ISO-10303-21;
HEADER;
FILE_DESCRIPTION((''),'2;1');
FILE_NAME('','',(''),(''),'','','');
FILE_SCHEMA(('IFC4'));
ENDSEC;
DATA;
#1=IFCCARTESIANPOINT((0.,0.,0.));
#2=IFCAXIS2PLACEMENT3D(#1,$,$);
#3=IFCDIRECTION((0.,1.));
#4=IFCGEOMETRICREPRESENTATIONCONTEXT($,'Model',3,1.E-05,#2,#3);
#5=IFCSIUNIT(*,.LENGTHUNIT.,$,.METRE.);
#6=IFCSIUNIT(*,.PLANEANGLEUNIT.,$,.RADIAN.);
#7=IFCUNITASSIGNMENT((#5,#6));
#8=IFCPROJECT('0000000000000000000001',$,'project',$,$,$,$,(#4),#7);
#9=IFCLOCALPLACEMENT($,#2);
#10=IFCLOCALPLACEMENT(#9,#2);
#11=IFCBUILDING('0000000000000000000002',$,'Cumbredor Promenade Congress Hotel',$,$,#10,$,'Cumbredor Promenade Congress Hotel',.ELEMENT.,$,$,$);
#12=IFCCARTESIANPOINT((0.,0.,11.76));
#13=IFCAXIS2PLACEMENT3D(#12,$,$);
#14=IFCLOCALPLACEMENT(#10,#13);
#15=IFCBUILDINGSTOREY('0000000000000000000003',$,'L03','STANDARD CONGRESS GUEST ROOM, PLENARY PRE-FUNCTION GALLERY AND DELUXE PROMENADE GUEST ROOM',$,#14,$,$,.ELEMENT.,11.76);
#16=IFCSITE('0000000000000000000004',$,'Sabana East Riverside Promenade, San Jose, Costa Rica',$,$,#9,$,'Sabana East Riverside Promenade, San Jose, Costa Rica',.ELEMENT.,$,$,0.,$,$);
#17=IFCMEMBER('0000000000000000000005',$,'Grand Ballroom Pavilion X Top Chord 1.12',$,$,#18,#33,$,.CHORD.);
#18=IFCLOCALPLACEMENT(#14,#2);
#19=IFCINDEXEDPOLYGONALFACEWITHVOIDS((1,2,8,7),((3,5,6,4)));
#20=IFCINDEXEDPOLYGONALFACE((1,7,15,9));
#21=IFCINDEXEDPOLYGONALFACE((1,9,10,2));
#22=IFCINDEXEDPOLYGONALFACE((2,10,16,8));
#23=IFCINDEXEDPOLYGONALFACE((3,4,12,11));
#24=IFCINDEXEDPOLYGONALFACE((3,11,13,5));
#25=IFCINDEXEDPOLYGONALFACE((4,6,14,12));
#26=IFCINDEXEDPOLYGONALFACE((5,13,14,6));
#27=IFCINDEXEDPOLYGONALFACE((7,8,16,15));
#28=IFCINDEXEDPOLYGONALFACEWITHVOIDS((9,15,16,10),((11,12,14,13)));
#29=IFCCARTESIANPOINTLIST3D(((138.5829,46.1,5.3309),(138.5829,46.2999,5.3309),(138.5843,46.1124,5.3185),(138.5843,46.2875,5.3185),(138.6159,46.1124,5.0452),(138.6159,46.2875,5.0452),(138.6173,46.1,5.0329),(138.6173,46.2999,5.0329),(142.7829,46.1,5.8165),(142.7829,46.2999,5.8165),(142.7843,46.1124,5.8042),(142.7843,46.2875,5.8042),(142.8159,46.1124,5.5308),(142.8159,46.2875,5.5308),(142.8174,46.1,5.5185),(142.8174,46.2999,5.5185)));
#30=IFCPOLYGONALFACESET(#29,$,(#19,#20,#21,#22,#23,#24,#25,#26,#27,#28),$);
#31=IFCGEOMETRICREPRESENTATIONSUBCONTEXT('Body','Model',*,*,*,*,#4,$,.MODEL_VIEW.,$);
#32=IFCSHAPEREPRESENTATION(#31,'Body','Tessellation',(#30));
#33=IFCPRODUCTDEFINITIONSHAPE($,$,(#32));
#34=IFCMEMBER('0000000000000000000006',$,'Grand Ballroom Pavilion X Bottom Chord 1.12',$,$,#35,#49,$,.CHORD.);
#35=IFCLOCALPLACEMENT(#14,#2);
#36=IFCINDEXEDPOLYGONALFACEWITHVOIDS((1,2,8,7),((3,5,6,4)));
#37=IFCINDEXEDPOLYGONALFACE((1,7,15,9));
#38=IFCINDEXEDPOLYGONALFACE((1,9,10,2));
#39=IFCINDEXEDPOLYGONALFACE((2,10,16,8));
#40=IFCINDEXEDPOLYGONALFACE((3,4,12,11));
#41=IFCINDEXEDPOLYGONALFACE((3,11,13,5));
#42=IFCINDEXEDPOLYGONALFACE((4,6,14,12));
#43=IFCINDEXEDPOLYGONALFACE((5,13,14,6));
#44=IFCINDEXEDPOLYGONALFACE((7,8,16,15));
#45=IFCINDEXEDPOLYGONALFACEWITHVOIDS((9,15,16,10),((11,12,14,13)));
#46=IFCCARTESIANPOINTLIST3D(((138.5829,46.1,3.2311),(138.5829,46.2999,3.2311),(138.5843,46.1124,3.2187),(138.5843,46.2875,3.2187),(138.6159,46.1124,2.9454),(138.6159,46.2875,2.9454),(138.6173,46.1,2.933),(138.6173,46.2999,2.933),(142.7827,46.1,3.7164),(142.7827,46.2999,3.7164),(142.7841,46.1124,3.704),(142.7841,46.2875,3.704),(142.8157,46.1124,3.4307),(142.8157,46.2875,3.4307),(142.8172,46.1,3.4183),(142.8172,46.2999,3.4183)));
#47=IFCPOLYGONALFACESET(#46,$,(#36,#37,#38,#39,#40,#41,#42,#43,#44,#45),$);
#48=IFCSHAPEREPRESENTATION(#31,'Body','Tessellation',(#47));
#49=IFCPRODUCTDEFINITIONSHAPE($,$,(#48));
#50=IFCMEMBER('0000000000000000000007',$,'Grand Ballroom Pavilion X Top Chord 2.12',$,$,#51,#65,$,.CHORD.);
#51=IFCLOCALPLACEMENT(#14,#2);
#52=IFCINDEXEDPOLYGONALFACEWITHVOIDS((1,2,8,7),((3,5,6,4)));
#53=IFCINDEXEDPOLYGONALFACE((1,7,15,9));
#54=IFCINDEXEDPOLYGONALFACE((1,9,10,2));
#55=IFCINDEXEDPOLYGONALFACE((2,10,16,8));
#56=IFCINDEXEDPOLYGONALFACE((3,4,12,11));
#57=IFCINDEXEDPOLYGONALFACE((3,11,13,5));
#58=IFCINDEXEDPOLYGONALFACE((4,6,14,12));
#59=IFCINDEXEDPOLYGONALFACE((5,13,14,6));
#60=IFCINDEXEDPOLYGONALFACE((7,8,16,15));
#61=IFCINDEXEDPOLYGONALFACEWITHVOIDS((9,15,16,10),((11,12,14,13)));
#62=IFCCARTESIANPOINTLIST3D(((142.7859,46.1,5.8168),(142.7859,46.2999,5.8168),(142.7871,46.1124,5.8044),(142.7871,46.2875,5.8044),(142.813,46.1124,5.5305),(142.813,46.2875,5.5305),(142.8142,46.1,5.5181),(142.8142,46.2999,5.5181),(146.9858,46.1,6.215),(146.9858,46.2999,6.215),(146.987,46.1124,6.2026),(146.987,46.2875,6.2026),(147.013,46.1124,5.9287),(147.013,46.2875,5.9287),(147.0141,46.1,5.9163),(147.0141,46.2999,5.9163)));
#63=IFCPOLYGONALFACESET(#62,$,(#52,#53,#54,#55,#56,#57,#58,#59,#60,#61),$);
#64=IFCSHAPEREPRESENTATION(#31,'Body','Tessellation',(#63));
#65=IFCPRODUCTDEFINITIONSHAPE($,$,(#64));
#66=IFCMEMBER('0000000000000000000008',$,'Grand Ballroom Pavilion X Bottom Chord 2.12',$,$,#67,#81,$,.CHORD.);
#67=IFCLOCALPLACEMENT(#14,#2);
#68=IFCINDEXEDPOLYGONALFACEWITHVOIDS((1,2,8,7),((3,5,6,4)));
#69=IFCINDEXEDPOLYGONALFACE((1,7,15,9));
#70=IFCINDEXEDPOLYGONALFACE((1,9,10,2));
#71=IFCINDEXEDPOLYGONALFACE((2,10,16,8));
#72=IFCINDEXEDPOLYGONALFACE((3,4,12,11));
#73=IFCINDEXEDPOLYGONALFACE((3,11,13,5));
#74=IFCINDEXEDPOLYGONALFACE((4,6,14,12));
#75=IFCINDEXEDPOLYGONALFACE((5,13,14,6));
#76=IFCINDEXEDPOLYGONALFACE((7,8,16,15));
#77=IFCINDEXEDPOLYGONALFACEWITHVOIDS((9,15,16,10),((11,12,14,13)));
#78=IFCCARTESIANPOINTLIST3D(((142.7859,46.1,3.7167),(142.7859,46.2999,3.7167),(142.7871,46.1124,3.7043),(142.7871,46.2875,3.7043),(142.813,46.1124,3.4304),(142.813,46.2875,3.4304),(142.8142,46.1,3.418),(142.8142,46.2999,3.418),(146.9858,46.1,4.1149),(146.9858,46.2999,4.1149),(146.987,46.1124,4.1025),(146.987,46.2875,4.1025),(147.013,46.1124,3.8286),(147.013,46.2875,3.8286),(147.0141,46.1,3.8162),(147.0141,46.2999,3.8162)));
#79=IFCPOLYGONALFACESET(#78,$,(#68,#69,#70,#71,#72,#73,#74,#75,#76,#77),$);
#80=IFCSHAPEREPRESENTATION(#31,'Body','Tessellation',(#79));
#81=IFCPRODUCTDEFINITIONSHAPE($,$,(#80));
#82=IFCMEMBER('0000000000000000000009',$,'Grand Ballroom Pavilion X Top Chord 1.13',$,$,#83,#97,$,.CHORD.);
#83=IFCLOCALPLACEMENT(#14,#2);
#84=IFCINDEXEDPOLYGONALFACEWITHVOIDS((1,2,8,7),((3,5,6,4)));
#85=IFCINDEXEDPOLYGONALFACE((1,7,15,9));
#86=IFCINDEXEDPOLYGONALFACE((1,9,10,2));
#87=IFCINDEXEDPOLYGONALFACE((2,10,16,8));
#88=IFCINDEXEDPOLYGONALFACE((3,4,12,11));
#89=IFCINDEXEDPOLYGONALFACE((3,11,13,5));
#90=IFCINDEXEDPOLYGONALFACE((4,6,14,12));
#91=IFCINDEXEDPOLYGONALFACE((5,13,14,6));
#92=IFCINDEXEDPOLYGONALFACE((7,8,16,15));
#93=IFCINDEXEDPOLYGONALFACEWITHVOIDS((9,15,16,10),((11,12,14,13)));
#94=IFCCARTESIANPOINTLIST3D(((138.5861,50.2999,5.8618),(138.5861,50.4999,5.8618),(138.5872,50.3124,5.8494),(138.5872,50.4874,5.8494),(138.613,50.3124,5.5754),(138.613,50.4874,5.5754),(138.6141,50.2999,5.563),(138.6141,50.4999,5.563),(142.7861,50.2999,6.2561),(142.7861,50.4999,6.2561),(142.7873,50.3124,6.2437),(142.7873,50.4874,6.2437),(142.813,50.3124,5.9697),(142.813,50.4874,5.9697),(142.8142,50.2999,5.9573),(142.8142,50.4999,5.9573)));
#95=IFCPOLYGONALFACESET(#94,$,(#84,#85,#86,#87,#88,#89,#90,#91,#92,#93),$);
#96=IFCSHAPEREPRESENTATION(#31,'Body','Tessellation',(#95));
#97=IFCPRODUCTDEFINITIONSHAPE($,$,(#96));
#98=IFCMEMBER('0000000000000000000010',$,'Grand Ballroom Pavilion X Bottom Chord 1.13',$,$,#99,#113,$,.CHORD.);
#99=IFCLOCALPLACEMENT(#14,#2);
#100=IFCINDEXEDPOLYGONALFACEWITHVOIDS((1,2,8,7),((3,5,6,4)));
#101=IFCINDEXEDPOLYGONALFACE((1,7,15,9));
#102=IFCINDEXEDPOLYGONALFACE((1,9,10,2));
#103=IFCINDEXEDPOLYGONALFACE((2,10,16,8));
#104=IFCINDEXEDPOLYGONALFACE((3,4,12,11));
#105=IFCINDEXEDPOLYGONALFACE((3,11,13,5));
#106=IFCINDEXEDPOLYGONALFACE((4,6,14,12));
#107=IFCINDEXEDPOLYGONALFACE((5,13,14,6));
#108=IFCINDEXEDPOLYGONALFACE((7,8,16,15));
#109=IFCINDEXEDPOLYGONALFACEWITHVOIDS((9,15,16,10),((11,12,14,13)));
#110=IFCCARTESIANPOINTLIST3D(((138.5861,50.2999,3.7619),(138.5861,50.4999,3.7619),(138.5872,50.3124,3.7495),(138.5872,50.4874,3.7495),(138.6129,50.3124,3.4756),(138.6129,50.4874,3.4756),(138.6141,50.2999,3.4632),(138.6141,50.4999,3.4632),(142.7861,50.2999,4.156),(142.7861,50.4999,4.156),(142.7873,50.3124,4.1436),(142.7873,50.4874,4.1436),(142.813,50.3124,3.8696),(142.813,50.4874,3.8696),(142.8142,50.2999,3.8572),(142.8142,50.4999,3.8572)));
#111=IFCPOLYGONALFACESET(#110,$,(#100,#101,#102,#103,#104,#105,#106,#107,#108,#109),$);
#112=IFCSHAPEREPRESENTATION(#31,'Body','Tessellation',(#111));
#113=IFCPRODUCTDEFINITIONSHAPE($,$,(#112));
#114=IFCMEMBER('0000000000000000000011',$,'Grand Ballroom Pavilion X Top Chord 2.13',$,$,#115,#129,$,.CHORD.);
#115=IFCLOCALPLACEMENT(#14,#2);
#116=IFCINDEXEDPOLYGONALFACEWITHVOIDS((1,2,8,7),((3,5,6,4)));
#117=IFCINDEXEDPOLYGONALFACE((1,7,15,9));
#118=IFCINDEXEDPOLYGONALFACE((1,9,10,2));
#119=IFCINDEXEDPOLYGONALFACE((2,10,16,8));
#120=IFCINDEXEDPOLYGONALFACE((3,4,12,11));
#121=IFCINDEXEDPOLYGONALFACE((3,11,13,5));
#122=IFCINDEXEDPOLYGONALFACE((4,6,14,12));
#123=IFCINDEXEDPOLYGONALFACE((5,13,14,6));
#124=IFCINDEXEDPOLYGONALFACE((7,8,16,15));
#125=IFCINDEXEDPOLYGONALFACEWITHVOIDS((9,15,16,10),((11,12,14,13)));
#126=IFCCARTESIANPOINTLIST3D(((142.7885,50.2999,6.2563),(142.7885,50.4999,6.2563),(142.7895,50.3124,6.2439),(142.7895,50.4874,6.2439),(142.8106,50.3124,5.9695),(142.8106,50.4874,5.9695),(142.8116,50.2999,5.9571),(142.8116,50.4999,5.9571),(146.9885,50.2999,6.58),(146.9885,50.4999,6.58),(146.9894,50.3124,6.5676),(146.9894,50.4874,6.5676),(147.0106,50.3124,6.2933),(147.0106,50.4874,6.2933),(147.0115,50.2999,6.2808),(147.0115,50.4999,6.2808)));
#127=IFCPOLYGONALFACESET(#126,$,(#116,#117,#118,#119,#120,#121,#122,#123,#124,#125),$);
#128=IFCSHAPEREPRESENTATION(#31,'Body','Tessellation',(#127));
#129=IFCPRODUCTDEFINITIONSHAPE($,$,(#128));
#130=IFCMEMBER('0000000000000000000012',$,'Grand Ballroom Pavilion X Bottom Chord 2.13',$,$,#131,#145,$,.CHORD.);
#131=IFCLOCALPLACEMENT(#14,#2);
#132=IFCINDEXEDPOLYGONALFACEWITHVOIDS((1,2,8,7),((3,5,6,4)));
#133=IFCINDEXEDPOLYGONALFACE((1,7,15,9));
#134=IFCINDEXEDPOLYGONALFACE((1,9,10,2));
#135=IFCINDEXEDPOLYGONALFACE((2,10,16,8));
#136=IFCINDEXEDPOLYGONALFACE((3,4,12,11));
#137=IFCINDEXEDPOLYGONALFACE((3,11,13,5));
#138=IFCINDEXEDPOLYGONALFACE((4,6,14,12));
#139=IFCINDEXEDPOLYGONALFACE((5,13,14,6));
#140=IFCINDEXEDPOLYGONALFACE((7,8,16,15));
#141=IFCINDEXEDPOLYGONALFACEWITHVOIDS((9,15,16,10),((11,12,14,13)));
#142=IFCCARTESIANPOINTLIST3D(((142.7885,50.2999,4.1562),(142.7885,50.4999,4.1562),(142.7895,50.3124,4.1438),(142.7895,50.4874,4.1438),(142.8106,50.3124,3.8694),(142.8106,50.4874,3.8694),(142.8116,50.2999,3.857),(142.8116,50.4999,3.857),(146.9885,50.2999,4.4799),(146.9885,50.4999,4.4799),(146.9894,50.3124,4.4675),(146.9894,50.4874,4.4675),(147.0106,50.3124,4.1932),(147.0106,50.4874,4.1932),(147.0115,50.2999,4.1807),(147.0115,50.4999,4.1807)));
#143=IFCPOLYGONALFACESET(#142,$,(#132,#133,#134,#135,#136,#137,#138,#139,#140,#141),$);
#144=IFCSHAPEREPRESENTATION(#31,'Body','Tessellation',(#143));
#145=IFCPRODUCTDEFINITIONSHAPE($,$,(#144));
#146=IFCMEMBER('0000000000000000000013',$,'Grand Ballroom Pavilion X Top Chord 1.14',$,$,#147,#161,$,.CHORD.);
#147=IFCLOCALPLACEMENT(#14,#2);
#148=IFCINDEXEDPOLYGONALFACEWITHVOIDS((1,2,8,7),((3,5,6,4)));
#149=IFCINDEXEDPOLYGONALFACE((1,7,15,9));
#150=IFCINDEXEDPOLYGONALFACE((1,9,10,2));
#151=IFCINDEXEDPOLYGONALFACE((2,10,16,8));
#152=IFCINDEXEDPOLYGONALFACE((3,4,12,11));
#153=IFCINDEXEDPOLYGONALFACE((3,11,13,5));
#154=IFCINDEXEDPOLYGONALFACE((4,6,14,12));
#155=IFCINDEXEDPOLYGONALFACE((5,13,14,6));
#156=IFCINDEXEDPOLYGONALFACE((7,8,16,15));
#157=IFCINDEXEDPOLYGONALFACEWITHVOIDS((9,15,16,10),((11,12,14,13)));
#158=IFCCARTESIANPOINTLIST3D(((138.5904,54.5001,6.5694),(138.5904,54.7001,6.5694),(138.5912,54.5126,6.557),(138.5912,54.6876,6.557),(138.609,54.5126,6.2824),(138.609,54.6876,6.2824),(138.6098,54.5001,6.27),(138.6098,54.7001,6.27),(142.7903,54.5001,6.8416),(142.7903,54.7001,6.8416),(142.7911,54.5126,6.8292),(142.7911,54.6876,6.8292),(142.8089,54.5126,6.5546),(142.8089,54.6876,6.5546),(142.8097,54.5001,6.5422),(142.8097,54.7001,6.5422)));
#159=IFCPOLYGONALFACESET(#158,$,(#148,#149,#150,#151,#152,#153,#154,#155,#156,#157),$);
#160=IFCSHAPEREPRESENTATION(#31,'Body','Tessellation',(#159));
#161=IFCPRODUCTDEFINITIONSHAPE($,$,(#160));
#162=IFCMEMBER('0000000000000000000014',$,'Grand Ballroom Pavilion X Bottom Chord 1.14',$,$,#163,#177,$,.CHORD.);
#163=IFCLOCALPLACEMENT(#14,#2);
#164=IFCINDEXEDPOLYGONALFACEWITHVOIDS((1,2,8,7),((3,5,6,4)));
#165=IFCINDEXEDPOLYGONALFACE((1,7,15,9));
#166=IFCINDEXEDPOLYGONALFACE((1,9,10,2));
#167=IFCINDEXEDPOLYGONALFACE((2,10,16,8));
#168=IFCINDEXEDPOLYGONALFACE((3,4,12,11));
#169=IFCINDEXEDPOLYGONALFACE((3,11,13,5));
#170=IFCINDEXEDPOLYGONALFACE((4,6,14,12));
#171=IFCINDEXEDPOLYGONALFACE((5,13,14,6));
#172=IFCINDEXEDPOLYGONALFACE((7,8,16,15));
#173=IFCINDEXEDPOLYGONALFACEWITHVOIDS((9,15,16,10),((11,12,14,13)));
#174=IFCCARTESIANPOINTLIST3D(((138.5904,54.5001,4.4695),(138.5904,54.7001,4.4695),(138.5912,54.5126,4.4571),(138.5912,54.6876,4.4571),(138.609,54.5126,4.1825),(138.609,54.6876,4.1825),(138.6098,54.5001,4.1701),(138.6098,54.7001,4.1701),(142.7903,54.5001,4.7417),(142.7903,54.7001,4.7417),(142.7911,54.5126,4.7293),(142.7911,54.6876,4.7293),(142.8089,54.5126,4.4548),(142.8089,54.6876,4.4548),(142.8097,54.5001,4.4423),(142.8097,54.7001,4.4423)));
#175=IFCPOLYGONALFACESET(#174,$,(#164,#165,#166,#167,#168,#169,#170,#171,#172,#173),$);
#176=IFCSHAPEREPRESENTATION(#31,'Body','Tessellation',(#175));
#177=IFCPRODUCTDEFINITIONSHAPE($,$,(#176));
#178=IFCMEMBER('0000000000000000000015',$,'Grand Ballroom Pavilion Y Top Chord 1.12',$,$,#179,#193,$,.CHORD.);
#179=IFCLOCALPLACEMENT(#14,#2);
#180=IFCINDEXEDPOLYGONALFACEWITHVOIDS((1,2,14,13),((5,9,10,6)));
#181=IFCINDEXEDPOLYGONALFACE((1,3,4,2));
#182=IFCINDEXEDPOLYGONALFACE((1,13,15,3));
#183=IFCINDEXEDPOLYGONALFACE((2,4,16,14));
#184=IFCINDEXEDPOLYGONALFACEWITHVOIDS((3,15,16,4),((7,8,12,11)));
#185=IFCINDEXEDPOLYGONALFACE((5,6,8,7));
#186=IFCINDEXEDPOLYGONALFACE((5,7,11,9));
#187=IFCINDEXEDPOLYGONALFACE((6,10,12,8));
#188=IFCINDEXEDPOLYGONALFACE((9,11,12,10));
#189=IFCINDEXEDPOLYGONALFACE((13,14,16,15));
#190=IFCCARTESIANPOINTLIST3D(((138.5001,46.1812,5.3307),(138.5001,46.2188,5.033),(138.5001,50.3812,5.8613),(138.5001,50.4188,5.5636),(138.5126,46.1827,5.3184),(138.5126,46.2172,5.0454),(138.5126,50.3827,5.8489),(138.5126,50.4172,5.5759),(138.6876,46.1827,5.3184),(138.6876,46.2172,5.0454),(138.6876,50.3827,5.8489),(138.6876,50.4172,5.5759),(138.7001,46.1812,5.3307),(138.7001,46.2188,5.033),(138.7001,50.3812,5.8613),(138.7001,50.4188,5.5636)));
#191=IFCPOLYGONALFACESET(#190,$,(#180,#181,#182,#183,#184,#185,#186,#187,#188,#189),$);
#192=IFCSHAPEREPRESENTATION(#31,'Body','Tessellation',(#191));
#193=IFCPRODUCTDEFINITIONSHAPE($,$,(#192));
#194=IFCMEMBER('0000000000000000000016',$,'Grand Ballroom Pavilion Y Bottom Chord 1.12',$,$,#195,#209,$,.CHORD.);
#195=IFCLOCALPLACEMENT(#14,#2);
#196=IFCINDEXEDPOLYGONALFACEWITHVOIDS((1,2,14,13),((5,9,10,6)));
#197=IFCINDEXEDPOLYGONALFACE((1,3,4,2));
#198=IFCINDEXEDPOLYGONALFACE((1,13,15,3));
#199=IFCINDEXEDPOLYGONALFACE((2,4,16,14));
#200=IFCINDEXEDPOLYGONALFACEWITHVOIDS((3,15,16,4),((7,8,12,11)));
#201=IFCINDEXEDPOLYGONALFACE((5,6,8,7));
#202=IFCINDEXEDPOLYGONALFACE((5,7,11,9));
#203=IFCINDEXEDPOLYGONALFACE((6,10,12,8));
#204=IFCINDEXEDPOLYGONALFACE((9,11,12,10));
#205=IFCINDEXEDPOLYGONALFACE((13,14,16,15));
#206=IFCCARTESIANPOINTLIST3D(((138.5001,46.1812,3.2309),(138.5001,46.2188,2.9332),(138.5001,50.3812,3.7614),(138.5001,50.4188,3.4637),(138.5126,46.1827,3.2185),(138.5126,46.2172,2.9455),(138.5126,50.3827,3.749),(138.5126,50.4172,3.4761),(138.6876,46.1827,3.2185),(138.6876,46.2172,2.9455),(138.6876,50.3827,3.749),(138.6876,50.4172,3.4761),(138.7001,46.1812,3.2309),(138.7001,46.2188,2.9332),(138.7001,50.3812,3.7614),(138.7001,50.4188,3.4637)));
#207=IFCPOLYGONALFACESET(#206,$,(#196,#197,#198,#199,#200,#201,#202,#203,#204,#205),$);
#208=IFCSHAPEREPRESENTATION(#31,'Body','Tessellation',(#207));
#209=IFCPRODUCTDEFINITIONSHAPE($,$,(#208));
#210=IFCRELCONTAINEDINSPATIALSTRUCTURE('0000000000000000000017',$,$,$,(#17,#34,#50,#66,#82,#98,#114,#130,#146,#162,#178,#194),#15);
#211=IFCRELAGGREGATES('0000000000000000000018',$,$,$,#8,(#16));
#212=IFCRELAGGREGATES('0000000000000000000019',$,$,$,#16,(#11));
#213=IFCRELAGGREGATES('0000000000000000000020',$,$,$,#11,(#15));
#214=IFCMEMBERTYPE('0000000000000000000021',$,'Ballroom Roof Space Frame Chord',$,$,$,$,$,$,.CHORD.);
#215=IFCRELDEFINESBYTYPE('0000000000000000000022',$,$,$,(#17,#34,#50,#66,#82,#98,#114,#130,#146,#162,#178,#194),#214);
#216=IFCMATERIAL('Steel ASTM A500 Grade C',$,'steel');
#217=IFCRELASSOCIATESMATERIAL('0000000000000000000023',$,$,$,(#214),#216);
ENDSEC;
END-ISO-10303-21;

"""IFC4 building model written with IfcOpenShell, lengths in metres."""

from ifc_helpers import new_model, si_unit, direction, frame, origin, origin_2d, place, context, subcontext, project, spatial, hollow_rectangle, extrude, material, material_profile, profile_set, type_object, element, save


model = new_model("IFC4")

# Units and contexts
model_context = context("Model", 3, precision=1e-05, world=origin(), true_north=direction((0.0, 1.0)))
body_context = subcontext(model_context, "Body", "Model", "MODEL_VIEW")
ifc_project = project(units=[si_unit("LENGTHUNIT", "METRE"), si_unit("PLANEANGLEUNIT", "RADIAN")], contexts=[model_context])

# Site, building, storey
site_placement = place(None, origin())
site = spatial("IfcSite", under=ifc_project, at=site_placement, Name="Sabana East Riverside Promenade, San Jose, Costa Rica", LongName="Sabana East Riverside Promenade, San Jose, Costa Rica", CompositionType="ELEMENT", RefElevation=0.0)
building_placement = place(site_placement, origin())
building = spatial("IfcBuilding", under=site, at=building_placement, Name="Cumbredor Promenade Congress Hotel", LongName="Cumbredor Promenade Congress Hotel", CompositionType="ELEMENT")
storey_placement = place(building_placement, frame((0.0, 0.0, 11.76)))
storey = spatial("IfcBuildingStorey", under=building, at=storey_placement, Name="L03", Description="STANDARD CONGRESS GUEST ROOM, PLENARY PRE-FUNCTION GALLERY AND DELUXE PROMENADE GUEST ROOM", CompositionType="ELEMENT", Elevation=11.76)

# Members
ifc_material_1 = material(Name="Steel ASTM A500 Grade C", Category="steel")
ifc_material_profile_1 = material_profile(ifc_material_1, hollow_rectangle(XDim=0.2, YDim=0.3, WallThickness=0.0125, at=origin_2d()), Name="HSS 300x200x12.5")
ifc_profile_set_1 = profile_set([ifc_material_profile_1], Name="Steel ASTM A500 Grade C")
member_type_1 = type_object("IfcMemberType", Name="Ballroom Roof Space Frame Chord", PredefinedType="CHORD", material=ifc_profile_set_1)
member_1_placement = place(storey_placement, frame((138.6001, 46.2, 5.1819), z_axis=(0.993382, 0.0, 0.114854), x_axis=(0.0, 1.0, 0.0)))
element("IfcMember", 1, at=member_1_placement, inside=storey, type_object=member_type_1, Name="Grand Ballroom Pavilion X Top Chord 1.12", PredefinedType="CHORD", context=body_context, shape_type="SweptSolid", body=[
    extrude(hollow_rectangle(XDim=0.2, YDim=0.3, WallThickness=0.0125, at=origin_2d()), origin(), (0.0, 0.0, 1.0), 4.228),
])
member_2_placement = place(storey_placement, frame((138.6001, 46.2, 3.082), z_axis=(0.993389, 0.0, 0.114797), x_axis=(0.0, 1.0, 0.0)))
element("IfcMember", 2, at=member_2_placement, inside=storey, type_object=member_type_1, Name="Grand Ballroom Pavilion X Bottom Chord 1.12", PredefinedType="CHORD", context=body_context, shape_type="SweptSolid", body=[
    extrude(hollow_rectangle(XDim=0.2, YDim=0.3, WallThickness=0.0125, at=origin_2d()), origin(), (0.0, 0.0, 1.0), 4.2278),
])
for number, where, z_axis, x_axis, name in (
    (3, (142.8, 46.2, 5.6675), (0.995536, 0.0, 0.094386), (0.0, 1.0, 0.0), "Grand Ballroom Pavilion X Top Chord 2.12"),
    (4, (142.8, 46.2, 3.5674), (0.995536, 0.0, 0.094386), (0.0, 1.0, 0.0), "Grand Ballroom Pavilion X Bottom Chord 2.12"),
):
    element("IfcMember", number, at=place(storey_placement, frame(where, z_axis=z_axis, x_axis=x_axis)), inside=storey, type_object=member_type_1, Name=name, PredefinedType="CHORD", context=body_context, shape_type="SweptSolid", body=[
        extrude(hollow_rectangle(XDim=0.2, YDim=0.3, WallThickness=0.0125, at=origin_2d()), origin(), (0.0, 0.0, 1.0), 4.2188),
    ])
for number, where, z_axis, x_axis, name in (
    (5, (138.6001, 50.3999, 5.7124), (0.995622, 0.0, 0.093468), (0.0, 1.0, 0.0), "Grand Ballroom Pavilion X Top Chord 1.13"),
    (6, (138.6001, 50.3999, 3.6125), (0.995628, 0.0, 0.093411), (0.0, 1.0, 0.0), "Grand Ballroom Pavilion X Bottom Chord 1.13"),
):
    element("IfcMember", number, at=place(storey_placement, frame(where, z_axis=z_axis, x_axis=x_axis)), inside=storey, type_object=member_type_1, Name=name, PredefinedType="CHORD", context=body_context, shape_type="SweptSolid", body=[
        extrude(hollow_rectangle(XDim=0.2, YDim=0.3, WallThickness=0.0125, at=origin_2d()), origin(), (0.0, 0.0, 1.0), 4.2185),
    ])
for number, where, z_axis, x_axis, name in (
    (7, (142.8, 50.3999, 6.1067), (0.997043, 0.0, 0.076852), (0.0, 1.0, 0.0), "Grand Ballroom Pavilion X Top Chord 2.13"),
    (8, (142.8, 50.3999, 4.0066), (0.997043, 0.0, 0.076852), (0.0, 1.0, 0.0), "Grand Ballroom Pavilion X Bottom Chord 2.13"),
):
    element("IfcMember", number, at=place(storey_placement, frame(where, z_axis=z_axis, x_axis=x_axis)), inside=storey, type_object=member_type_1, Name=name, PredefinedType="CHORD", context=body_context, shape_type="SweptSolid", body=[
        extrude(hollow_rectangle(XDim=0.2, YDim=0.3, WallThickness=0.0125, at=origin_2d()), origin(), (0.0, 0.0, 1.0), 4.2124),
    ])
for number, where, z_axis, x_axis, name in (
    (9, (138.6001, 54.6001, 6.4197), (0.997906, 0.0, 0.064679), (0.0, 1.0, 0.0), "Grand Ballroom Pavilion X Top Chord 1.14"),
    (10, (138.6001, 54.6001, 4.3198), (0.997906, 0.0, 0.064679), (0.0, 1.0, 0.0), "Grand Ballroom Pavilion X Bottom Chord 1.14"),
):
    element("IfcMember", number, at=place(storey_placement, frame(where, z_axis=z_axis, x_axis=x_axis)), inside=storey, type_object=member_type_1, Name=name, PredefinedType="CHORD", context=body_context, shape_type="SweptSolid", body=[
        extrude(hollow_rectangle(XDim=0.2, YDim=0.3, WallThickness=0.0125, at=origin_2d()), origin(), (0.0, 0.0, 1.0), 4.2087),
    ])
for number, where, z_axis, x_axis, name in (
    (11, (138.6001, 46.2, 5.1819), (0.0, 0.992116, 0.125319), (-1.0, 0.0, 0.0), "Grand Ballroom Pavilion Y Top Chord 1.12"),
    (12, (138.6001, 46.2, 3.082), (0.0, 0.992116, 0.125319), (-1.0, 0.0, 0.0), "Grand Ballroom Pavilion Y Bottom Chord 1.12"),
):
    element("IfcMember", number, at=place(storey_placement, frame(where, z_axis=z_axis, x_axis=x_axis)), inside=storey, type_object=member_type_1, Name=name, PredefinedType="CHORD", context=body_context, shape_type="SweptSolid", body=[
        extrude(hollow_rectangle(XDim=0.2, YDim=0.3, WallThickness=0.0125, at=origin_2d()), origin(), (0.0, 0.0, 1.0), 4.2334),
    ])

save(model, "model.ifc")
